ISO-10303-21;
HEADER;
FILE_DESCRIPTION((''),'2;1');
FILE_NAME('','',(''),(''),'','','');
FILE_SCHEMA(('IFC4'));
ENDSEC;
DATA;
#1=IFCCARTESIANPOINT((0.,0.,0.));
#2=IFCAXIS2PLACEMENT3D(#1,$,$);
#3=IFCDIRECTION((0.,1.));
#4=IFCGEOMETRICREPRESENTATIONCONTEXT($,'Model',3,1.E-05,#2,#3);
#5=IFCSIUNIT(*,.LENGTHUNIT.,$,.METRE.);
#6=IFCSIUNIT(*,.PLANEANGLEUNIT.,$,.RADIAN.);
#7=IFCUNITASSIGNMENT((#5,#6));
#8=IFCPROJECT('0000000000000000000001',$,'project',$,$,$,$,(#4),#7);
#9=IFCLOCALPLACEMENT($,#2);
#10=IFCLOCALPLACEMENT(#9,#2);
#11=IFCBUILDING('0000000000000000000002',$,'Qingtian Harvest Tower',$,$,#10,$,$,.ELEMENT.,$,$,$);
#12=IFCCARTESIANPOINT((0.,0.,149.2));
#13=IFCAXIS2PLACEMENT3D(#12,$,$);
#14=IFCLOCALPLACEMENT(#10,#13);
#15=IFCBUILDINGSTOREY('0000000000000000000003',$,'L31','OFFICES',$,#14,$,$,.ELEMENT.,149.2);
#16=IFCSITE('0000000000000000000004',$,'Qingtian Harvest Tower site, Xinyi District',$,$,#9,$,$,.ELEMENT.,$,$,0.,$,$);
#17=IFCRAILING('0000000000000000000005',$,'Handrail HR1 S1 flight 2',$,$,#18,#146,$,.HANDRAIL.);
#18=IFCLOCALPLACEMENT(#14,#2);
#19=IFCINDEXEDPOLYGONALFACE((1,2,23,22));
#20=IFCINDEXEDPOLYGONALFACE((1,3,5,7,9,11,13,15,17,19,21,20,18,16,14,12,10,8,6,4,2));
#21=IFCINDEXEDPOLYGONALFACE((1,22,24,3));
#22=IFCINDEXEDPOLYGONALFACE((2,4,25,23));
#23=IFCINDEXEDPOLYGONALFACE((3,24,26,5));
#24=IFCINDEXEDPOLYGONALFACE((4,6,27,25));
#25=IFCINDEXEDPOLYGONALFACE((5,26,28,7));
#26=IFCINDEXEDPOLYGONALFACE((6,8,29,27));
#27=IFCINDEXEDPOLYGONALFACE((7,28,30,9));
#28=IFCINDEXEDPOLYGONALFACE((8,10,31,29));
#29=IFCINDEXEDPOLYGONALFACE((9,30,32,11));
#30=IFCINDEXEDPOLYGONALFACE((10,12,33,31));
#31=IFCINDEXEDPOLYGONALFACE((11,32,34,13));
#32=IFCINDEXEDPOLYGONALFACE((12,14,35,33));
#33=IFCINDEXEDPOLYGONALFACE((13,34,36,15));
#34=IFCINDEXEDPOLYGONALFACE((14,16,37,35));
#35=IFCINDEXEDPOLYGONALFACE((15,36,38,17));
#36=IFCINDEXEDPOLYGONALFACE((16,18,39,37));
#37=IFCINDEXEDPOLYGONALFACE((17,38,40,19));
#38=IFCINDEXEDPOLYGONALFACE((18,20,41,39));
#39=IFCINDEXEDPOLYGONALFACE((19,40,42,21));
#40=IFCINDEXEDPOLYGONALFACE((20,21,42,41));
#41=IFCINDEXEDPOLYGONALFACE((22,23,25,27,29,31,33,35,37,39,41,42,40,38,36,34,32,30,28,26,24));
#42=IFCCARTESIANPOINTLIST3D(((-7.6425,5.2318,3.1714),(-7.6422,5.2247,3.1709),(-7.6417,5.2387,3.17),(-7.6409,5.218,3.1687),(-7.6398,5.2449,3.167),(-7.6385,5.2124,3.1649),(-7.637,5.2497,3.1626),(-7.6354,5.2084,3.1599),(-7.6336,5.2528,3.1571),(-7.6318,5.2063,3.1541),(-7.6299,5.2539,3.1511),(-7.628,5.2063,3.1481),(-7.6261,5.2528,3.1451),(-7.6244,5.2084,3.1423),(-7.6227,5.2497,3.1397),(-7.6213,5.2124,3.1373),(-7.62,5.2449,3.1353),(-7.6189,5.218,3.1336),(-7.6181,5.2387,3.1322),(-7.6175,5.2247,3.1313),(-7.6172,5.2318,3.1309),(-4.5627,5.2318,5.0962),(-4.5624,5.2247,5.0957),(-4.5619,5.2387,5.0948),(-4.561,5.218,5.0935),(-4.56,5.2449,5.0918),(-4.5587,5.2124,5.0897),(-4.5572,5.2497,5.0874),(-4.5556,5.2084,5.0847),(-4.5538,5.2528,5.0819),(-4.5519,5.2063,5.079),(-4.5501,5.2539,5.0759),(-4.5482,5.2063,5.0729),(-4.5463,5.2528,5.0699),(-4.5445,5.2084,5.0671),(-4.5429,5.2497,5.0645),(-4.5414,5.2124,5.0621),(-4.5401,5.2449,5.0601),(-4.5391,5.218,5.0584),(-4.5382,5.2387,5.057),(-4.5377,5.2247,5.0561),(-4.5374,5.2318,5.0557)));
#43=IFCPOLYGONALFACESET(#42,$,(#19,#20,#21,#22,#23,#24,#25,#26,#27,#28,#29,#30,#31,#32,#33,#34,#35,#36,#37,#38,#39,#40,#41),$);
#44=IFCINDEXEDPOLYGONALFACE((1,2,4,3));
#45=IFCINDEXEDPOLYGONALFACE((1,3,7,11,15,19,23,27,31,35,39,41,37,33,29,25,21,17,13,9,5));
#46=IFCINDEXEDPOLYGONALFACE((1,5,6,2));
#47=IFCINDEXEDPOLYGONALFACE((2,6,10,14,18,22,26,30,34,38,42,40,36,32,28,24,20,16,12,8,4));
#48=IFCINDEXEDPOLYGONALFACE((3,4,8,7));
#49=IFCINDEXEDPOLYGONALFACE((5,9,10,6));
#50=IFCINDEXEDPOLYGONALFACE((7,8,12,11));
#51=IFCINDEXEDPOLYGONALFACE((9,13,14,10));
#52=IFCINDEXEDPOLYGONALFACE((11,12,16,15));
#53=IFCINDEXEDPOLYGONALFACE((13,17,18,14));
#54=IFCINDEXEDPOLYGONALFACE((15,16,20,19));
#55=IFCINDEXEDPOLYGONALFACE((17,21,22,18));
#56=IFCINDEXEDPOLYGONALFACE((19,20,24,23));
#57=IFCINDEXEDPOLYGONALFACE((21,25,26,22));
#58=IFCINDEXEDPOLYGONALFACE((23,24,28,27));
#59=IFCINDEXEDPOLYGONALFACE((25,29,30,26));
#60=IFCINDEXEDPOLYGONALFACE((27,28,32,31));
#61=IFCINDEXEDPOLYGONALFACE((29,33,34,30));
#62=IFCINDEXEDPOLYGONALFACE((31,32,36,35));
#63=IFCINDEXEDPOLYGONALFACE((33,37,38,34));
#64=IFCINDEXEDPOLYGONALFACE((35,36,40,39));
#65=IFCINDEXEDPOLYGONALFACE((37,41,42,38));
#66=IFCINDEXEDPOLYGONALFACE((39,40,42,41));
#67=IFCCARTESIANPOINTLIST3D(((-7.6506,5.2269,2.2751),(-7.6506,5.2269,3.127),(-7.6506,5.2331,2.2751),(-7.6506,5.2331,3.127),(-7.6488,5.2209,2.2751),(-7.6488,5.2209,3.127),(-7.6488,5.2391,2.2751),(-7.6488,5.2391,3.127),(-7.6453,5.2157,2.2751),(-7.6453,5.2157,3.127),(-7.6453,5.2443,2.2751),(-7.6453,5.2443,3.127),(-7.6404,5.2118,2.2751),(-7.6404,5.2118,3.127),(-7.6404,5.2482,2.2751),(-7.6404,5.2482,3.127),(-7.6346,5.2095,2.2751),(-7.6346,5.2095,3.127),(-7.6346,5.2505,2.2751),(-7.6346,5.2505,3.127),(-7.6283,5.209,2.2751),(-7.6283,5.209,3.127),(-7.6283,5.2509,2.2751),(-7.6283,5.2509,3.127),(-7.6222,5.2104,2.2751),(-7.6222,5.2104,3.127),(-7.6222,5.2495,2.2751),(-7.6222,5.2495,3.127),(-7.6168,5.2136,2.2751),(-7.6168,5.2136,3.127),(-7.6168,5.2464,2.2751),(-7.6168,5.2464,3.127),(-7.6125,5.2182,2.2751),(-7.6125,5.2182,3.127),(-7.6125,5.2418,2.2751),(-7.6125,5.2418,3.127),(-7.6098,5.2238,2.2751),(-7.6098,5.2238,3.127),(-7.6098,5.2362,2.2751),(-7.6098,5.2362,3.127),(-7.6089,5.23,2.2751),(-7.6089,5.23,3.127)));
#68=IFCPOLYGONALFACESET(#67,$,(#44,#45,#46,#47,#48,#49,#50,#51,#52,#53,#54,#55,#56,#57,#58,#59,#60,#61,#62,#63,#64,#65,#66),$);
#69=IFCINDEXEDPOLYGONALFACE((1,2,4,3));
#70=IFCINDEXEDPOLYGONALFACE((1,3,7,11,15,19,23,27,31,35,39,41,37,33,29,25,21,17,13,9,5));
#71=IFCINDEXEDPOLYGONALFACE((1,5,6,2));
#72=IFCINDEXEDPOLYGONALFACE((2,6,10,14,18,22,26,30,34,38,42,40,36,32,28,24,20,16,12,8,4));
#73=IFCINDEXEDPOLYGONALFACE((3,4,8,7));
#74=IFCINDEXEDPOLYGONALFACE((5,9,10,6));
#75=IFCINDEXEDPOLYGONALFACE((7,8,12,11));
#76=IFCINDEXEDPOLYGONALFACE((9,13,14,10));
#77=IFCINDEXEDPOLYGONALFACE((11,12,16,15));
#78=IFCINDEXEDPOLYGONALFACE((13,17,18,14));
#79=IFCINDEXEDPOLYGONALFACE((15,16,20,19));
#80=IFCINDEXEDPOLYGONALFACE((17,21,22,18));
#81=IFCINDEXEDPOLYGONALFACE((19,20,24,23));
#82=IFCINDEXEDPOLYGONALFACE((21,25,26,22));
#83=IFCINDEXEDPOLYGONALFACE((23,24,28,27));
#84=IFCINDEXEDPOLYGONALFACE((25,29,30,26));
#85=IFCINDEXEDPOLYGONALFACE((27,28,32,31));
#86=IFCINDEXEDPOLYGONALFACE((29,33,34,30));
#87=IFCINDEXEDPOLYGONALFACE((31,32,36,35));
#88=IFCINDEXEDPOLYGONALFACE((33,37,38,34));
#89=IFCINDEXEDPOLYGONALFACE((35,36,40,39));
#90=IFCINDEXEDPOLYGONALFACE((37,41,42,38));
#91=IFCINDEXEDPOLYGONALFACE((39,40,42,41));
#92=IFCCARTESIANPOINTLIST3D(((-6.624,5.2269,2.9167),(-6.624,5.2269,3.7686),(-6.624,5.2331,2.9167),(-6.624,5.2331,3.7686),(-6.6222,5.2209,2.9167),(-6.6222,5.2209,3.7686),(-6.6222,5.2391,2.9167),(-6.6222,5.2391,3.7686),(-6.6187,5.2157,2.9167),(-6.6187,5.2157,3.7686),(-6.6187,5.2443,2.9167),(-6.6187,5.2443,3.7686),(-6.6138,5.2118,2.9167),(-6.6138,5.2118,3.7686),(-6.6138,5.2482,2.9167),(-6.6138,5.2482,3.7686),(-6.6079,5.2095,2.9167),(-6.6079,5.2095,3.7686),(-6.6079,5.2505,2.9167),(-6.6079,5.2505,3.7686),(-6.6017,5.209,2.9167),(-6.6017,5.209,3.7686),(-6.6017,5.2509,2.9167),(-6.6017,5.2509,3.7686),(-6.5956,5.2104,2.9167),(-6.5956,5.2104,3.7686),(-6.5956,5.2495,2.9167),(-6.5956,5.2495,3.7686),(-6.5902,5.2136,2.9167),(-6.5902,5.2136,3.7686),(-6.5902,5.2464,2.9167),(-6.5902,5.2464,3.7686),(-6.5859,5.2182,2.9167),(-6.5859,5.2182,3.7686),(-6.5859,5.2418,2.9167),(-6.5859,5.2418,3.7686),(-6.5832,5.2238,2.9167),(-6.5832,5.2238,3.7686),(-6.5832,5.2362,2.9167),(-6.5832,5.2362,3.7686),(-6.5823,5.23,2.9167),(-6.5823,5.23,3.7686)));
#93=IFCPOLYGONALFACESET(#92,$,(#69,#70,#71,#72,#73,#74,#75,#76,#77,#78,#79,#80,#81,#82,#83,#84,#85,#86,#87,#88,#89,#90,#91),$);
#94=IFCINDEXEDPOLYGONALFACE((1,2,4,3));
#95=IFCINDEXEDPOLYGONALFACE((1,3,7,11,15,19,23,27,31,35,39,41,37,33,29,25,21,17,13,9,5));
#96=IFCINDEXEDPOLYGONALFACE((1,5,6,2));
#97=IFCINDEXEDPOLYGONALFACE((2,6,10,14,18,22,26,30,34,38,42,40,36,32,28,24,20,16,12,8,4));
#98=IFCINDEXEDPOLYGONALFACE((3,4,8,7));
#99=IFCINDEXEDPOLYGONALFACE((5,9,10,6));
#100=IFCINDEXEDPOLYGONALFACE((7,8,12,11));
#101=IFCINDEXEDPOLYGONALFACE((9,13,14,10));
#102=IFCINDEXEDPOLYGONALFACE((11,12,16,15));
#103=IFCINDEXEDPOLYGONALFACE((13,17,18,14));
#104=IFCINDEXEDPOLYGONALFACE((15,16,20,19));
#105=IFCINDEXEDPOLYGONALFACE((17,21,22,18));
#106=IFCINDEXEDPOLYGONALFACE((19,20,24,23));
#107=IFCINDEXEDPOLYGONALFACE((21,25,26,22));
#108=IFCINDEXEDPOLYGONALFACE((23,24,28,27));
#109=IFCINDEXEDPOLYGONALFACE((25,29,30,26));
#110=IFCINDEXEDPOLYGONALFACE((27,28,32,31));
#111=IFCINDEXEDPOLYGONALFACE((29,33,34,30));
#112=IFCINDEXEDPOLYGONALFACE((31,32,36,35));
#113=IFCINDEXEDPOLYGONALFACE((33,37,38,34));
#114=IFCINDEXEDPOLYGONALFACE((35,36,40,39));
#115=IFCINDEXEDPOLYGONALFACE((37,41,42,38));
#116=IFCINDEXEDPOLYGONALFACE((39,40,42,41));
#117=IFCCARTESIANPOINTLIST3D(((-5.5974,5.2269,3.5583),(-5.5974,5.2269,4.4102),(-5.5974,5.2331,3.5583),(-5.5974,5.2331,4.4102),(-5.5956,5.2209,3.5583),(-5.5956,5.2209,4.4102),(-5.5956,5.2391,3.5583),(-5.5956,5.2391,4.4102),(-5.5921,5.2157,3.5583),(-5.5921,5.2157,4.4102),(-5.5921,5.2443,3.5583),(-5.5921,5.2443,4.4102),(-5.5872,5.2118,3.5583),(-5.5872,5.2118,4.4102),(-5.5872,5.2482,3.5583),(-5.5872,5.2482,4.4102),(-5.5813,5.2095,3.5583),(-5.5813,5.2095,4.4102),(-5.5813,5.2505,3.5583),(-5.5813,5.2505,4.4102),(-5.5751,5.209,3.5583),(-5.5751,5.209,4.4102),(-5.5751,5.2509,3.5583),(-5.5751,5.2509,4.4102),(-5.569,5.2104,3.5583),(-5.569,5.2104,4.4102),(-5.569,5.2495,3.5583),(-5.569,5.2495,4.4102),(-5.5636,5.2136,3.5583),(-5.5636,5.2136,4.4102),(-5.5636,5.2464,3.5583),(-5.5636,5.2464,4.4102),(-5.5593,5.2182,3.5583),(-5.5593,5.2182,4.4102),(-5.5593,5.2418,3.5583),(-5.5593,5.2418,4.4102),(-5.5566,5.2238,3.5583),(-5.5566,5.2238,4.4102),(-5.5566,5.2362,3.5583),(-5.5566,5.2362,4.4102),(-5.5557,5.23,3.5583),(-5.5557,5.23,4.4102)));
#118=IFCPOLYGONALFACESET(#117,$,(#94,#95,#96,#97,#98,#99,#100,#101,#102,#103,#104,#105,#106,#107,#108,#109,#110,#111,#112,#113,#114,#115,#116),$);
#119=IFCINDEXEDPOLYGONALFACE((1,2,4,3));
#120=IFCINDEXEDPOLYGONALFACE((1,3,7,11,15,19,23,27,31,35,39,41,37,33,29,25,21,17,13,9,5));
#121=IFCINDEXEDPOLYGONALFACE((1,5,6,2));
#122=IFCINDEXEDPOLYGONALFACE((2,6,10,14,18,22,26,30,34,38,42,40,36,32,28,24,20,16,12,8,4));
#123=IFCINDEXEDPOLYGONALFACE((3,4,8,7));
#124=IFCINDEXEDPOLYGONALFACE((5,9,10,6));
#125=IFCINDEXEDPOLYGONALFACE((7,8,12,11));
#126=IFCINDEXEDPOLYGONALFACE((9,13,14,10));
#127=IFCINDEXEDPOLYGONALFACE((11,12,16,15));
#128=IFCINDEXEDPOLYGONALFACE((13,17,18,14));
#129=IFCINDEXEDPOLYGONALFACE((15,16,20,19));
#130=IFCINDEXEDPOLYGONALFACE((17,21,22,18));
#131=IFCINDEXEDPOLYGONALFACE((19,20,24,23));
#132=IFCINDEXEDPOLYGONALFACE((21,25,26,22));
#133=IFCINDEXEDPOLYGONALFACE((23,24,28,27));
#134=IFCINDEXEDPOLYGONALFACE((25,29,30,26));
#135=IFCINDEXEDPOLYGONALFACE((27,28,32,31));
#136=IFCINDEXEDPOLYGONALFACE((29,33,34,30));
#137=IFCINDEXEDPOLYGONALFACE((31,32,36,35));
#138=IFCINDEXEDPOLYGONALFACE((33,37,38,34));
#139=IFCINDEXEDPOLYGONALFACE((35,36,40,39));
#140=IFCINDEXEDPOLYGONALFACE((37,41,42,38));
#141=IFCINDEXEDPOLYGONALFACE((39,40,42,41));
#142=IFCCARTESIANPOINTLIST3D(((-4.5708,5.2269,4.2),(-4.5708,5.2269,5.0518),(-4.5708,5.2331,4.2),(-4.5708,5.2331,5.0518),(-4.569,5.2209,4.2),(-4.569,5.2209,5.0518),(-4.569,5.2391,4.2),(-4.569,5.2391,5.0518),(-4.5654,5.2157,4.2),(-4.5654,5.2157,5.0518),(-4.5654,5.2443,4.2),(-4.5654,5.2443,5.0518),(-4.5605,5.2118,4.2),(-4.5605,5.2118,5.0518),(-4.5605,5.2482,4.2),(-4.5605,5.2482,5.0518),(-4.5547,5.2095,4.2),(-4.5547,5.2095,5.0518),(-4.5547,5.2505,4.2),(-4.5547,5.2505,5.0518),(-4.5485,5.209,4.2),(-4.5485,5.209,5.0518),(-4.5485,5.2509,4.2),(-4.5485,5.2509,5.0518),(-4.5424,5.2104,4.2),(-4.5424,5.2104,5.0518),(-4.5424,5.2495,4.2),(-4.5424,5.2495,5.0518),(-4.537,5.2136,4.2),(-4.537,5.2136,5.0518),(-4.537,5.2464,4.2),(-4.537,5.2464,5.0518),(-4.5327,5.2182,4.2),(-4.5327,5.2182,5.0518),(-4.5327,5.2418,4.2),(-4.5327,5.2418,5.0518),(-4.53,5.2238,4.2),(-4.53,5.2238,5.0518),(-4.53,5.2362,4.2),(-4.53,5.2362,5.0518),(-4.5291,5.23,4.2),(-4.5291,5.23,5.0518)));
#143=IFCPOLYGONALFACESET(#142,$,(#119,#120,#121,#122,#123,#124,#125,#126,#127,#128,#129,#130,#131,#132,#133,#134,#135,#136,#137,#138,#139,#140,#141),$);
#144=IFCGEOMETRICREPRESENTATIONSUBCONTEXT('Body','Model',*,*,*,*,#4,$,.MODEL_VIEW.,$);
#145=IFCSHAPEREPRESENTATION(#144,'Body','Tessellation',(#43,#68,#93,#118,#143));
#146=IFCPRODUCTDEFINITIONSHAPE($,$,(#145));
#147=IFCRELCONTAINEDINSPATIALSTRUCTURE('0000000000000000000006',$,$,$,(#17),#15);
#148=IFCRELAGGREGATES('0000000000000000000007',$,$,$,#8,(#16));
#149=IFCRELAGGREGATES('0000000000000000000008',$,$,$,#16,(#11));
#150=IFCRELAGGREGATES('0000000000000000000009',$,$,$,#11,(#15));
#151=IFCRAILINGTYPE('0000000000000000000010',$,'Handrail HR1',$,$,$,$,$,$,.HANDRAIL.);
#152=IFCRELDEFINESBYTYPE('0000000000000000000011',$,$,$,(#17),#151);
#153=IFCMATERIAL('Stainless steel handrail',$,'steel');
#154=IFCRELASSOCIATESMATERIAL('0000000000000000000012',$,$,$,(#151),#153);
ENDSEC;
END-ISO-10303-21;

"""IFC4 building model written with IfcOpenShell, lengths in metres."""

from ifc_helpers import new_model, si_unit, direction, frame, origin, origin_2d, place, context, subcontext, project, spatial, circle, extrude, material, type_object, element, save


model = new_model("IFC4")

# Units and contexts
model_context = context("Model", 3, precision=1e-05, world=origin(), true_north=direction((0.0, 1.0)))
body_context = subcontext(model_context, "Body", "Model", "MODEL_VIEW")
ifc_project = project(units=[si_unit("LENGTHUNIT", "METRE"), si_unit("PLANEANGLEUNIT", "RADIAN")], contexts=[model_context])

# Site, building, storey
site_placement = place(None, origin())
site = spatial("IfcSite", under=ifc_project, at=site_placement, Name="Qingtian Harvest Tower site, Xinyi District", CompositionType="ELEMENT", RefElevation=0.0)
building_placement = place(site_placement, origin())
building = spatial("IfcBuilding", under=site, at=building_placement, Name="Qingtian Harvest Tower", CompositionType="ELEMENT")
storey_placement = place(building_placement, frame((0.0, 0.0, 149.2)))
storey = spatial("IfcBuildingStorey", under=building, at=storey_placement, Name="L31", Description="OFFICES", CompositionType="ELEMENT", Elevation=149.2)

# Railing
ifc_material_1 = material(Name="Stainless steel handrail", Category="steel")
railing_type = type_object("IfcRailingType", Name="Handrail HR1", PredefinedType="HANDRAIL", material=ifc_material_1)
railing_1_placement = place(storey_placement, frame((-7.6299, 5.23, 2.2751)))
element("IfcRailing", 1, at=railing_1_placement, inside=storey, type_object=railing_type, Name="Handrail HR1 S1 flight 2", PredefinedType="HANDRAIL", context=body_context, shape_type="SweptSolid", body=[
    extrude(circle(Radius=0.0239, at=origin_2d()), frame((0.0, 0.0, 0.876), z_axis=(0.84801, 0.0, 0.529981), x_axis=(0.0, 1.0, 0.0)), (0.0, 0.0, 1.0), 3.6318),
    extrude(circle(Radius=0.021, at=origin_2d()), origin(), (0.0, 0.0, 1.0), 0.8518),
    extrude(circle(Radius=0.021, at=origin_2d()), frame((1.0266, 0.0, 0.6416)), (0.0, 0.0, 1.0), 0.8518),
    extrude(circle(Radius=0.021, at=origin_2d()), frame((2.0532, 0.0, 1.2832)), (0.0, 0.0, 1.0), 0.8518),
    extrude(circle(Radius=0.021, at=origin_2d()), frame((3.0798, 0.0, 1.9248)), (0.0, 0.0, 1.0), 0.8518),
])

save(model, "model.ifc")
